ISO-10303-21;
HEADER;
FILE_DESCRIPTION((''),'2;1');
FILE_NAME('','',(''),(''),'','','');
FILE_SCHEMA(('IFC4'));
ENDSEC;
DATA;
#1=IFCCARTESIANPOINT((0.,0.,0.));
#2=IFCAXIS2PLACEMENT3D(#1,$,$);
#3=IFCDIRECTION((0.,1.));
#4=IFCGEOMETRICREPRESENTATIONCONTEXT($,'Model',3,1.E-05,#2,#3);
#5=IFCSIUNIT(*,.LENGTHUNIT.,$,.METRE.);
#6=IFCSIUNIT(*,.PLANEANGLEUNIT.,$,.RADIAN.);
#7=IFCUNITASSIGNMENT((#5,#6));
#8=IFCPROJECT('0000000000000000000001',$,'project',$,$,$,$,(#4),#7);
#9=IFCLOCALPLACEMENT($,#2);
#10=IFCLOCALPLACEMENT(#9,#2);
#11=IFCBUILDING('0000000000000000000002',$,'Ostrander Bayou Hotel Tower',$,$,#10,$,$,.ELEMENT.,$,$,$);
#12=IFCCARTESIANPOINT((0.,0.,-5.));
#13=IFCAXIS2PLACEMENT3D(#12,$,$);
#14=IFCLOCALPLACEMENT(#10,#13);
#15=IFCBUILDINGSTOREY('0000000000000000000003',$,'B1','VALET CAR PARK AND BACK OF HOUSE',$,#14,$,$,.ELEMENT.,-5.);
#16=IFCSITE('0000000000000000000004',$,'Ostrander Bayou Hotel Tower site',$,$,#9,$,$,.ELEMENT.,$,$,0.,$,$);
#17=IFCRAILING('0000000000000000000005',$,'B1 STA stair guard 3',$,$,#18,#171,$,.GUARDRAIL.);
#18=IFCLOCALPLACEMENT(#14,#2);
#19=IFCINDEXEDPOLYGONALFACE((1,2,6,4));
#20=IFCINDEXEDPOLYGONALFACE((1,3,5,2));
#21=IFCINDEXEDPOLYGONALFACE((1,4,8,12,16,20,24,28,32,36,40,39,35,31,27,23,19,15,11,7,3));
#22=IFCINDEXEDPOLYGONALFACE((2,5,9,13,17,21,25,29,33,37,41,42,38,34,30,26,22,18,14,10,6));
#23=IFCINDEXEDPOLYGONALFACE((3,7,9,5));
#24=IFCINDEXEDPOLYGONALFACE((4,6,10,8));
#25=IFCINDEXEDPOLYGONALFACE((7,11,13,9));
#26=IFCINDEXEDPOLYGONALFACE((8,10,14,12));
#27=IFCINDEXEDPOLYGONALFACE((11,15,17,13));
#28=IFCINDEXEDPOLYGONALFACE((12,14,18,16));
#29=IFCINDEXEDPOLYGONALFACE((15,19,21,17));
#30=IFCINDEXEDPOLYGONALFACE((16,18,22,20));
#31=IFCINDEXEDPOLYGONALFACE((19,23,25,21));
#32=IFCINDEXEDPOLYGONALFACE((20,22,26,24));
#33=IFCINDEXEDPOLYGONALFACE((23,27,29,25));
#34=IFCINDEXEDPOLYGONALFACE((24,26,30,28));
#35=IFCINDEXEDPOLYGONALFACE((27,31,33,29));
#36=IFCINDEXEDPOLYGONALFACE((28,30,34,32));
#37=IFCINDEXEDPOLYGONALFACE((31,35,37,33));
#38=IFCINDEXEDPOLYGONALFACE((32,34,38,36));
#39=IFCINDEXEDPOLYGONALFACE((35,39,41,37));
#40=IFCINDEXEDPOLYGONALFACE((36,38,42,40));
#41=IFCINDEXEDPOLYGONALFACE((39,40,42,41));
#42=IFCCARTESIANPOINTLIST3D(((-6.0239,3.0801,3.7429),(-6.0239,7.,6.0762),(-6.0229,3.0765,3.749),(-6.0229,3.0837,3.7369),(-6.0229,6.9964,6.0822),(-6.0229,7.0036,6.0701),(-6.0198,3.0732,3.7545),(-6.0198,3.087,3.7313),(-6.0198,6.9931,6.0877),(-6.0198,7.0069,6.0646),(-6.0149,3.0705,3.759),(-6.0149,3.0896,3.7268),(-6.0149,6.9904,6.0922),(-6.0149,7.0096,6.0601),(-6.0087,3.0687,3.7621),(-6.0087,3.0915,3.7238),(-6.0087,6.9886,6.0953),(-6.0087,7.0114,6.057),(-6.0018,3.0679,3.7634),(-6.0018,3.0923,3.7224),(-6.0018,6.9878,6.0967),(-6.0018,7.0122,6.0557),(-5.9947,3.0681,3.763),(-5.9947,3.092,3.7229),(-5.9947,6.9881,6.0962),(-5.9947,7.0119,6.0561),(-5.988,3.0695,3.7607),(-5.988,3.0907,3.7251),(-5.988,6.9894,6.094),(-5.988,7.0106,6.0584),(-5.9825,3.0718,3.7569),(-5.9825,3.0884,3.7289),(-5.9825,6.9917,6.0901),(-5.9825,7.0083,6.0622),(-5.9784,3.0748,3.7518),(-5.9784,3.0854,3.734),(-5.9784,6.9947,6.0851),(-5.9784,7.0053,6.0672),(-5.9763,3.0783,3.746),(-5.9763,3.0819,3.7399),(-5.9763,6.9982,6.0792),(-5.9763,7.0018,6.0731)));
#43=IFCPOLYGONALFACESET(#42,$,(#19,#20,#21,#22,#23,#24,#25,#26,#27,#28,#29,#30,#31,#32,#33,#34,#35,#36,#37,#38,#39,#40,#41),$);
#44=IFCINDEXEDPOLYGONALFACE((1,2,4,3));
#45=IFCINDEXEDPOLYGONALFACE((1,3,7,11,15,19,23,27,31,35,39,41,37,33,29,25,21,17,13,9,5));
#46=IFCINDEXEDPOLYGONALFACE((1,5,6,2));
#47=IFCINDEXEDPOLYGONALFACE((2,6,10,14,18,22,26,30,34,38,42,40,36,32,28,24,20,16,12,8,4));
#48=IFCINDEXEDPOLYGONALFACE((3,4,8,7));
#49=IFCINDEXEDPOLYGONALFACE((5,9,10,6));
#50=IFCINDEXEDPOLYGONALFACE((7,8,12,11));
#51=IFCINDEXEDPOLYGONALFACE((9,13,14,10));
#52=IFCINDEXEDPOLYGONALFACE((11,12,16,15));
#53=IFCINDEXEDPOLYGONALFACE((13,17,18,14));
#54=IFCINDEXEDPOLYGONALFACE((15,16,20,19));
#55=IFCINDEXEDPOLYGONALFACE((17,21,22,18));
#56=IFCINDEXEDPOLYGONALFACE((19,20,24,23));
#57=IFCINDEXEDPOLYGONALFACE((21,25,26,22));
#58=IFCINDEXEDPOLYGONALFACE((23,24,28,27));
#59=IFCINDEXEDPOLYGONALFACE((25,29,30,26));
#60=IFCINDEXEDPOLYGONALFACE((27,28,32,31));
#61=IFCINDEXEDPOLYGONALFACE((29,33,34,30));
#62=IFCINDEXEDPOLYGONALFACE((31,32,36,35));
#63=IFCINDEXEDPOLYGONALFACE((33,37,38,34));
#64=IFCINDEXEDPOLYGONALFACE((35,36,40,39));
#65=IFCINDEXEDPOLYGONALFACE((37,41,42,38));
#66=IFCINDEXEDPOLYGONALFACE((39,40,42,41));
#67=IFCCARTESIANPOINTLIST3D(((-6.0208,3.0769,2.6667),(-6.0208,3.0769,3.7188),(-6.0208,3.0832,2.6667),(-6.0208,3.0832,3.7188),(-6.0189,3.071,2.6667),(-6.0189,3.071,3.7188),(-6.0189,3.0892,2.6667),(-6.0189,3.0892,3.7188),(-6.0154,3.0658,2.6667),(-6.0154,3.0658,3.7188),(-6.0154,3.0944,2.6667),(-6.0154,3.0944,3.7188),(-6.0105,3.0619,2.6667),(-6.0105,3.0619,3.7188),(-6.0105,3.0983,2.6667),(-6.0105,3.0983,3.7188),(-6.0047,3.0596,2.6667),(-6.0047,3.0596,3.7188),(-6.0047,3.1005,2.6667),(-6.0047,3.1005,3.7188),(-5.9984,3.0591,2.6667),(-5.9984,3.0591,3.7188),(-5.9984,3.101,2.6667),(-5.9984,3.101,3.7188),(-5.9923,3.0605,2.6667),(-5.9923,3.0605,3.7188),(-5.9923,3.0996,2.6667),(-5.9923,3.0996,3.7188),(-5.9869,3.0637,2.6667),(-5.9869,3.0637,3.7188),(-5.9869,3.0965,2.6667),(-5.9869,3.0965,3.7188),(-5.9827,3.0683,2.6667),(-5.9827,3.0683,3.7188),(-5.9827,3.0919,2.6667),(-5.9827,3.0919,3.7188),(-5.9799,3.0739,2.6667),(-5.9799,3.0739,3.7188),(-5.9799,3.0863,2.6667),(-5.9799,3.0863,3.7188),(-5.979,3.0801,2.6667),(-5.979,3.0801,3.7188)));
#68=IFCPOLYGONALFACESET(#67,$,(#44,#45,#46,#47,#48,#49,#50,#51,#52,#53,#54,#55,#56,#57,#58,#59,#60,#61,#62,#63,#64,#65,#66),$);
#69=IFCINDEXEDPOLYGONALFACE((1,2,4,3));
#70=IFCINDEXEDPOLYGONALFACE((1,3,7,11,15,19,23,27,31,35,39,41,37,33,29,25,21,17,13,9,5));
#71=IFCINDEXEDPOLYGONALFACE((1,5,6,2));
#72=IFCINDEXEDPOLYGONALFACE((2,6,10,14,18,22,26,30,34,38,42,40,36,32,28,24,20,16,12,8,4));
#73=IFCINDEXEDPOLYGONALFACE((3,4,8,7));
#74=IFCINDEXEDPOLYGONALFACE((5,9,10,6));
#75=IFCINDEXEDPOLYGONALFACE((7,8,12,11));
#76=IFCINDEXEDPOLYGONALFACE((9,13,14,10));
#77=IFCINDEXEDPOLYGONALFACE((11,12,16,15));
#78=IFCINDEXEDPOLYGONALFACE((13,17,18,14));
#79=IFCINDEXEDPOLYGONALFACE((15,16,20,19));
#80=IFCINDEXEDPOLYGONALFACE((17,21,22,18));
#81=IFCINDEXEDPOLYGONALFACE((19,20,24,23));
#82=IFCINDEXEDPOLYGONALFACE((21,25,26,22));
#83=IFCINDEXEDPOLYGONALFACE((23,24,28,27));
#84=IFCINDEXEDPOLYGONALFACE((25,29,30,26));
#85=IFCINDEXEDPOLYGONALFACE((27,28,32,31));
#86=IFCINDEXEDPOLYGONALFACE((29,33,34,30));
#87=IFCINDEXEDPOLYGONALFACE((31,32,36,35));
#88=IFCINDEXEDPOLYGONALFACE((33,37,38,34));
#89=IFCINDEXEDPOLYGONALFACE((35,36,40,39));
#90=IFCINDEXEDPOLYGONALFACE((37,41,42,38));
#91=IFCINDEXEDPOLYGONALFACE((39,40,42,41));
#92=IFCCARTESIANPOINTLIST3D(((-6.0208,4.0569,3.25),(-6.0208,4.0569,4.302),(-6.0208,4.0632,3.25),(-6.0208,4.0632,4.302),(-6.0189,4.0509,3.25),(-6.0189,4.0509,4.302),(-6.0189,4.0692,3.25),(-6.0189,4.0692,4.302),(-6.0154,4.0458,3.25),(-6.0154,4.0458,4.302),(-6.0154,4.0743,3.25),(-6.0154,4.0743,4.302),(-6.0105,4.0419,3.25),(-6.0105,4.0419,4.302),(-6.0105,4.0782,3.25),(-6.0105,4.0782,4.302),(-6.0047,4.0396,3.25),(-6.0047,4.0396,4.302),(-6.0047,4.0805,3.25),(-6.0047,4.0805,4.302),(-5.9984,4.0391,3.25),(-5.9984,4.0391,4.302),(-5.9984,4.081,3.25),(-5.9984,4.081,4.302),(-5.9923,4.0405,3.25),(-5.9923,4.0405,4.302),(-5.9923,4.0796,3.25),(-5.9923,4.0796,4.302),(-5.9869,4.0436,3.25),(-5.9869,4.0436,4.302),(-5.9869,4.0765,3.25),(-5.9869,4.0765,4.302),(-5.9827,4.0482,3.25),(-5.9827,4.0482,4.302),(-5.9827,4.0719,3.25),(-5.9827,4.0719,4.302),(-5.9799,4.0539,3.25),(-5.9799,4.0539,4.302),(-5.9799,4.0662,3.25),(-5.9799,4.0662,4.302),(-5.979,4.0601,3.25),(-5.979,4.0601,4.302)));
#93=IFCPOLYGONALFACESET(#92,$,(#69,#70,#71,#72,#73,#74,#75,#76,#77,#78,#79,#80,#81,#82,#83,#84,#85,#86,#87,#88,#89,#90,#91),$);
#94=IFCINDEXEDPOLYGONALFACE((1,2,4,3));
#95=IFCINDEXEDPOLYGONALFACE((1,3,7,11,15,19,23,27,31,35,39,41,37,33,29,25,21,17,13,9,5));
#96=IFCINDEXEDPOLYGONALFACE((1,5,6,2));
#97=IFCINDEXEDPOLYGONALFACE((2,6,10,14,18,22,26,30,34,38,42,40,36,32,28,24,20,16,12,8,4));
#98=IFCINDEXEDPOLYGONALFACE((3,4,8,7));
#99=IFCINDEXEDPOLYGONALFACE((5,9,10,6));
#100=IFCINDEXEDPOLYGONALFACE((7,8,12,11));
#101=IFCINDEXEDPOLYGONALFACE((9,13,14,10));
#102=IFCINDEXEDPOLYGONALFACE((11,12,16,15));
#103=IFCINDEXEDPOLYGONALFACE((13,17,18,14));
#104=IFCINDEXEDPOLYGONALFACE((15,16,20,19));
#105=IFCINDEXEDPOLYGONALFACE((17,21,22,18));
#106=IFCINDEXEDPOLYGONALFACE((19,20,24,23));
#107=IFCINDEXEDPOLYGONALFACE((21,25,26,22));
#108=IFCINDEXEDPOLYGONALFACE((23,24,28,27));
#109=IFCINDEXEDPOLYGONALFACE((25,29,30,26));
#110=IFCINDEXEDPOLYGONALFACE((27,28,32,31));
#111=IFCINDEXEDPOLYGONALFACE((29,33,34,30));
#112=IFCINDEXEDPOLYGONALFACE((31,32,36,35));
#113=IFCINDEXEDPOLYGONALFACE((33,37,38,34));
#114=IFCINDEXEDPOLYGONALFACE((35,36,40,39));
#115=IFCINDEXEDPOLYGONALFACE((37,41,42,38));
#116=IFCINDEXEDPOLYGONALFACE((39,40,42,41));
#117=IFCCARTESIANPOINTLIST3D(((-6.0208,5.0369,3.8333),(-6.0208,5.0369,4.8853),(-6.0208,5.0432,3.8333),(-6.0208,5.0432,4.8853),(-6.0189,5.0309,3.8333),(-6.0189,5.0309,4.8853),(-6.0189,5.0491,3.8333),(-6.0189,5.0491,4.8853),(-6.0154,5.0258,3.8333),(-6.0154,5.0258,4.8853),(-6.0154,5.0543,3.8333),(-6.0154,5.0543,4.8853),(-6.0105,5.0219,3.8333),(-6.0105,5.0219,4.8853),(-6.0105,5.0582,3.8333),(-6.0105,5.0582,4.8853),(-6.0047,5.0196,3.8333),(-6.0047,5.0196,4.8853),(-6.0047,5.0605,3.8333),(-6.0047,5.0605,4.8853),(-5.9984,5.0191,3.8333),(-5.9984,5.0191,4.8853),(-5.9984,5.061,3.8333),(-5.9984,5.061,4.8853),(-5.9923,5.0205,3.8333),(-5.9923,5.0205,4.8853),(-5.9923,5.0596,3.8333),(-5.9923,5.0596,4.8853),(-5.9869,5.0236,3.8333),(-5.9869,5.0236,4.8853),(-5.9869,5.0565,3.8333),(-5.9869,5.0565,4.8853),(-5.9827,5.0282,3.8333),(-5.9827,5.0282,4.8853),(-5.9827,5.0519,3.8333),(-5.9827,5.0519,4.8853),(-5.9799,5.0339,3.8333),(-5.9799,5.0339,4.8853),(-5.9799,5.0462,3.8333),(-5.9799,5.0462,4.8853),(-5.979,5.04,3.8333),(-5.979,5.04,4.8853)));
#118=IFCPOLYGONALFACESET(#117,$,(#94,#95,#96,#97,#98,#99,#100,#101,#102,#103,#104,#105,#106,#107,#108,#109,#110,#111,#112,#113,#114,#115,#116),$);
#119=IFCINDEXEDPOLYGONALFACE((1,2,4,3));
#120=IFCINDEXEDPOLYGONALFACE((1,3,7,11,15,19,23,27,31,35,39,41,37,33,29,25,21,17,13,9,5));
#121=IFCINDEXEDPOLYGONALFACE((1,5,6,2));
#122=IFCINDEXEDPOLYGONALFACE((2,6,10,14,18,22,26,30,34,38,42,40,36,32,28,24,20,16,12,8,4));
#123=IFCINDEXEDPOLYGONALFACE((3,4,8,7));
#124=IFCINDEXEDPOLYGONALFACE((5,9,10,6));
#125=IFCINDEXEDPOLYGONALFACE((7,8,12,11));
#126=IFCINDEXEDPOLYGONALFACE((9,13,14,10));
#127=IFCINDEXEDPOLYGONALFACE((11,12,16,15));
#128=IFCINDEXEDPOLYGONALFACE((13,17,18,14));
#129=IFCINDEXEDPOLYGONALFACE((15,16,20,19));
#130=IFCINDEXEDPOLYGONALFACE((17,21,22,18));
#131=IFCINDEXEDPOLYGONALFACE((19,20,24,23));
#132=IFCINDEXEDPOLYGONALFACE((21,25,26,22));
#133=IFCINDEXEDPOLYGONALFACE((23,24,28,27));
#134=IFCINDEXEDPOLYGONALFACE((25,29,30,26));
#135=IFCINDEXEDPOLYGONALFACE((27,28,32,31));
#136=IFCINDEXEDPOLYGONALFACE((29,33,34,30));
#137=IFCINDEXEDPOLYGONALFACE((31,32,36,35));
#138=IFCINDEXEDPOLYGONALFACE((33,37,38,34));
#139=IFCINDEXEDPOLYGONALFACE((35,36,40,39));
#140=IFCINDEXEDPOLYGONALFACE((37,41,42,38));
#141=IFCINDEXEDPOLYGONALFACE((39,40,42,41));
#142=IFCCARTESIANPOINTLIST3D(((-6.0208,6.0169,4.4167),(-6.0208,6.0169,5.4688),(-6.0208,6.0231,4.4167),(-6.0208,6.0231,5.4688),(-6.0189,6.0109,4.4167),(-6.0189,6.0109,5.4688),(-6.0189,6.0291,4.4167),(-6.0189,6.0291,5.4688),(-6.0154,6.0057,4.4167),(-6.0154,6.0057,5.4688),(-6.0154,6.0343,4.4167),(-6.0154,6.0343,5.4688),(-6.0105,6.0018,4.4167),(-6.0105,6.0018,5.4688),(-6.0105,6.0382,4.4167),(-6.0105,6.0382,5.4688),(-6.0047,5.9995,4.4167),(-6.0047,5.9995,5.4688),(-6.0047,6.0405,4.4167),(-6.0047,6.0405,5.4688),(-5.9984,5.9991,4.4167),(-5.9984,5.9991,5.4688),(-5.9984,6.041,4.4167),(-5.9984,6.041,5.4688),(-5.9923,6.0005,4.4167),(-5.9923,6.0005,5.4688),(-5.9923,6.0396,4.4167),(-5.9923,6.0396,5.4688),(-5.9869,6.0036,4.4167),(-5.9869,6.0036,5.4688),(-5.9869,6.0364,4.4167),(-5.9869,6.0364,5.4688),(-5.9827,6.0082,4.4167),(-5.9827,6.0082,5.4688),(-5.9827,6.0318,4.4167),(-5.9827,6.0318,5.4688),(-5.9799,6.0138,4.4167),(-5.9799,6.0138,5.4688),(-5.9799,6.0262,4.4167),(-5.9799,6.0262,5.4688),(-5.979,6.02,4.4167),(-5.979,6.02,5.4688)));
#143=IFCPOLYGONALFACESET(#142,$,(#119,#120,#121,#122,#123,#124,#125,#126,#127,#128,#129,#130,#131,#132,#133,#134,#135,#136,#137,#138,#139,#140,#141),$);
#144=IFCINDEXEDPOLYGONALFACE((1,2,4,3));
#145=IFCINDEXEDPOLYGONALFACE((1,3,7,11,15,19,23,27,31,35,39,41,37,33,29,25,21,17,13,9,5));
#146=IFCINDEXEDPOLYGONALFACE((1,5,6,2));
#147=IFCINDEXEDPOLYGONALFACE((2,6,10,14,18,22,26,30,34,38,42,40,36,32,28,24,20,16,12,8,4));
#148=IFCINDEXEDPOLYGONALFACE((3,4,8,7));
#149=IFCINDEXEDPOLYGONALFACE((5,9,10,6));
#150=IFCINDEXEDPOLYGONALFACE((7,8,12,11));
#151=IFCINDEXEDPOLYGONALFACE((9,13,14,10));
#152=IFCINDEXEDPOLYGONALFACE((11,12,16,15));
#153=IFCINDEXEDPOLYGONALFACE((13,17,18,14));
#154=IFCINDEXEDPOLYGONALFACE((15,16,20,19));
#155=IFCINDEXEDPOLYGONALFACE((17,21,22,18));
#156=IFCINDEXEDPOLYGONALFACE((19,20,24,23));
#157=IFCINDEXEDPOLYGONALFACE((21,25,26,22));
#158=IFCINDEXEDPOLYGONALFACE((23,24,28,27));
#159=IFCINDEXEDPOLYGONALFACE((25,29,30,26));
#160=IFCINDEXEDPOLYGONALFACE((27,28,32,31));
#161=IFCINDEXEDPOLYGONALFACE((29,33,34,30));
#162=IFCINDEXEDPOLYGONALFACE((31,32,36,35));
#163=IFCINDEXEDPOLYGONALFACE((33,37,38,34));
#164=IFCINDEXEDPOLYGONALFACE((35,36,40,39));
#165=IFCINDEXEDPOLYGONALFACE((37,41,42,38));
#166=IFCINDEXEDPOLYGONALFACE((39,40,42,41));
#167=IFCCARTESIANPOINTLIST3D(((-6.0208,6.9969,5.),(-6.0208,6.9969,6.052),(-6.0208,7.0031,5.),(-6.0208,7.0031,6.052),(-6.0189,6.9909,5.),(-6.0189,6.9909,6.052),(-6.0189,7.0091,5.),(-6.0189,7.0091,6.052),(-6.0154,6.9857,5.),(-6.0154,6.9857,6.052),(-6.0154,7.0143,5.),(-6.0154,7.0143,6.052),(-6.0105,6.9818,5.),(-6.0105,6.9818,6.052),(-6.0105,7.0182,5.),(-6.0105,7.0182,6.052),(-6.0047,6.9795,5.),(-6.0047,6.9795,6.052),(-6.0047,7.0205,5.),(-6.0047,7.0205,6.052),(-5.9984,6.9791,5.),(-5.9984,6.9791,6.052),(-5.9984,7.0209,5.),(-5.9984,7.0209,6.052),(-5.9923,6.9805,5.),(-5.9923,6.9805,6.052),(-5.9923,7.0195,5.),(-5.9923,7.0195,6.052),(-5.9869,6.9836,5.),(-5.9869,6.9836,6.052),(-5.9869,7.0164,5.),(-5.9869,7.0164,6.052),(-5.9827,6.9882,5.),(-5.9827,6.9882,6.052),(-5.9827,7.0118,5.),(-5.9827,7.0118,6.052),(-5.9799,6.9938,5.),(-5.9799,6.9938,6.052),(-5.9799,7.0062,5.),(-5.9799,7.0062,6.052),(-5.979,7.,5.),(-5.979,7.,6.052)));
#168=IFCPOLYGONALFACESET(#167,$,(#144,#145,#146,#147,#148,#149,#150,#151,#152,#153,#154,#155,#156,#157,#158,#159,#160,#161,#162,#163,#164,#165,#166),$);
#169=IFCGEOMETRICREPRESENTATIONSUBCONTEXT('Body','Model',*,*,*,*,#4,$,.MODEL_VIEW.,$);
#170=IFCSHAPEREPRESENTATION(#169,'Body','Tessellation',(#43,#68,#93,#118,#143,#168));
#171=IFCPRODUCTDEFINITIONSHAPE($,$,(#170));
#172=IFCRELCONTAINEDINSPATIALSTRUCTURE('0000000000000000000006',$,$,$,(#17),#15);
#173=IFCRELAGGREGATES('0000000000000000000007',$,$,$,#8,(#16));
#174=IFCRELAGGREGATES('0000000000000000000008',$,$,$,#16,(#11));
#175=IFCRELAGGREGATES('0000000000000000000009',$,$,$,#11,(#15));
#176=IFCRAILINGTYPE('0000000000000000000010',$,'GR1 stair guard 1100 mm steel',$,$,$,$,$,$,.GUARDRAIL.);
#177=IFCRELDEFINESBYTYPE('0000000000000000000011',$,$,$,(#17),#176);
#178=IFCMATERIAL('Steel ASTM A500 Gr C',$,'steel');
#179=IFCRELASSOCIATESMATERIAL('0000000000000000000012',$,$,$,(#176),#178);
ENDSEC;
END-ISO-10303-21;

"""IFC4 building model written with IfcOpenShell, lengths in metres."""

from ifc_helpers import new_model, si_unit, direction, frame, origin, origin_2d, place, context, subcontext, project, spatial, circle, extrude, material, type_object, element, save


model = new_model("IFC4")

# Units and contexts
model_context = context("Model", 3, precision=1e-05, world=origin(), true_north=direction((0.0, 1.0)))
body_context = subcontext(model_context, "Body", "Model", "MODEL_VIEW")
ifc_project = project(units=[si_unit("LENGTHUNIT", "METRE"), si_unit("PLANEANGLEUNIT", "RADIAN")], contexts=[model_context])

# Site, building, storey
site_placement = place(None, origin())
site = spatial("IfcSite", under=ifc_project, at=site_placement, Name="Ostrander Bayou Hotel Tower site", CompositionType="ELEMENT", RefElevation=0.0)
building_placement = place(site_placement, origin())
building = spatial("IfcBuilding", under=site, at=building_placement, Name="Ostrander Bayou Hotel Tower", CompositionType="ELEMENT")
storey_placement = place(building_placement, frame((0.0, 0.0, -5.0)))
storey = spatial("IfcBuildingStorey", under=building, at=storey_placement, Name="B1", Description="VALET CAR PARK AND BACK OF HOUSE", CompositionType="ELEMENT", Elevation=-5.0)

# Railing
ifc_material_1 = material(Name="Steel ASTM A500 Gr C", Category="steel")
railing_type_1 = type_object("IfcRailingType", Name="GR1 stair guard 1100 mm steel", PredefinedType="GUARDRAIL", material=ifc_material_1)
railing_1_placement = place(storey_placement, frame((-6.0, 3.0801, 2.6667)))
element("IfcRailing", 1, at=railing_1_placement, inside=storey, type_object=railing_type_1, Name="B1 STA stair guard 3", PredefinedType="GUARDRAIL", context=body_context, shape_type="SweptSolid", body=[
    extrude(circle(Radius=0.0239, at=origin_2d()), frame((0.0, 0.0, 1.0762), z_axis=(0.0, 0.859296, 0.511478), x_axis=(-1.0, 0.0, 0.0)), (0.0, 0.0, 1.0), 4.5618),
    extrude(circle(Radius=0.021, at=origin_2d()), origin(), (0.0, 0.0, 1.0), 1.052),
    extrude(circle(Radius=0.021, at=origin_2d()), frame((0.0, 0.98, 0.5833)), (0.0, 0.0, 1.0), 1.052),
    extrude(circle(Radius=0.021, at=origin_2d()), frame((0.0, 1.96, 1.1665)), (0.0, 0.0, 1.0), 1.052),
    extrude(circle(Radius=0.021, at=origin_2d()), frame((0.0, 2.9399, 1.75)), (0.0, 0.0, 1.0), 1.052),
    extrude(circle(Radius=0.021, at=origin_2d()), frame((0.0, 3.9199, 2.3333)), (0.0, 0.0, 1.0), 1.052),
])

save(model, "model.ifc")
